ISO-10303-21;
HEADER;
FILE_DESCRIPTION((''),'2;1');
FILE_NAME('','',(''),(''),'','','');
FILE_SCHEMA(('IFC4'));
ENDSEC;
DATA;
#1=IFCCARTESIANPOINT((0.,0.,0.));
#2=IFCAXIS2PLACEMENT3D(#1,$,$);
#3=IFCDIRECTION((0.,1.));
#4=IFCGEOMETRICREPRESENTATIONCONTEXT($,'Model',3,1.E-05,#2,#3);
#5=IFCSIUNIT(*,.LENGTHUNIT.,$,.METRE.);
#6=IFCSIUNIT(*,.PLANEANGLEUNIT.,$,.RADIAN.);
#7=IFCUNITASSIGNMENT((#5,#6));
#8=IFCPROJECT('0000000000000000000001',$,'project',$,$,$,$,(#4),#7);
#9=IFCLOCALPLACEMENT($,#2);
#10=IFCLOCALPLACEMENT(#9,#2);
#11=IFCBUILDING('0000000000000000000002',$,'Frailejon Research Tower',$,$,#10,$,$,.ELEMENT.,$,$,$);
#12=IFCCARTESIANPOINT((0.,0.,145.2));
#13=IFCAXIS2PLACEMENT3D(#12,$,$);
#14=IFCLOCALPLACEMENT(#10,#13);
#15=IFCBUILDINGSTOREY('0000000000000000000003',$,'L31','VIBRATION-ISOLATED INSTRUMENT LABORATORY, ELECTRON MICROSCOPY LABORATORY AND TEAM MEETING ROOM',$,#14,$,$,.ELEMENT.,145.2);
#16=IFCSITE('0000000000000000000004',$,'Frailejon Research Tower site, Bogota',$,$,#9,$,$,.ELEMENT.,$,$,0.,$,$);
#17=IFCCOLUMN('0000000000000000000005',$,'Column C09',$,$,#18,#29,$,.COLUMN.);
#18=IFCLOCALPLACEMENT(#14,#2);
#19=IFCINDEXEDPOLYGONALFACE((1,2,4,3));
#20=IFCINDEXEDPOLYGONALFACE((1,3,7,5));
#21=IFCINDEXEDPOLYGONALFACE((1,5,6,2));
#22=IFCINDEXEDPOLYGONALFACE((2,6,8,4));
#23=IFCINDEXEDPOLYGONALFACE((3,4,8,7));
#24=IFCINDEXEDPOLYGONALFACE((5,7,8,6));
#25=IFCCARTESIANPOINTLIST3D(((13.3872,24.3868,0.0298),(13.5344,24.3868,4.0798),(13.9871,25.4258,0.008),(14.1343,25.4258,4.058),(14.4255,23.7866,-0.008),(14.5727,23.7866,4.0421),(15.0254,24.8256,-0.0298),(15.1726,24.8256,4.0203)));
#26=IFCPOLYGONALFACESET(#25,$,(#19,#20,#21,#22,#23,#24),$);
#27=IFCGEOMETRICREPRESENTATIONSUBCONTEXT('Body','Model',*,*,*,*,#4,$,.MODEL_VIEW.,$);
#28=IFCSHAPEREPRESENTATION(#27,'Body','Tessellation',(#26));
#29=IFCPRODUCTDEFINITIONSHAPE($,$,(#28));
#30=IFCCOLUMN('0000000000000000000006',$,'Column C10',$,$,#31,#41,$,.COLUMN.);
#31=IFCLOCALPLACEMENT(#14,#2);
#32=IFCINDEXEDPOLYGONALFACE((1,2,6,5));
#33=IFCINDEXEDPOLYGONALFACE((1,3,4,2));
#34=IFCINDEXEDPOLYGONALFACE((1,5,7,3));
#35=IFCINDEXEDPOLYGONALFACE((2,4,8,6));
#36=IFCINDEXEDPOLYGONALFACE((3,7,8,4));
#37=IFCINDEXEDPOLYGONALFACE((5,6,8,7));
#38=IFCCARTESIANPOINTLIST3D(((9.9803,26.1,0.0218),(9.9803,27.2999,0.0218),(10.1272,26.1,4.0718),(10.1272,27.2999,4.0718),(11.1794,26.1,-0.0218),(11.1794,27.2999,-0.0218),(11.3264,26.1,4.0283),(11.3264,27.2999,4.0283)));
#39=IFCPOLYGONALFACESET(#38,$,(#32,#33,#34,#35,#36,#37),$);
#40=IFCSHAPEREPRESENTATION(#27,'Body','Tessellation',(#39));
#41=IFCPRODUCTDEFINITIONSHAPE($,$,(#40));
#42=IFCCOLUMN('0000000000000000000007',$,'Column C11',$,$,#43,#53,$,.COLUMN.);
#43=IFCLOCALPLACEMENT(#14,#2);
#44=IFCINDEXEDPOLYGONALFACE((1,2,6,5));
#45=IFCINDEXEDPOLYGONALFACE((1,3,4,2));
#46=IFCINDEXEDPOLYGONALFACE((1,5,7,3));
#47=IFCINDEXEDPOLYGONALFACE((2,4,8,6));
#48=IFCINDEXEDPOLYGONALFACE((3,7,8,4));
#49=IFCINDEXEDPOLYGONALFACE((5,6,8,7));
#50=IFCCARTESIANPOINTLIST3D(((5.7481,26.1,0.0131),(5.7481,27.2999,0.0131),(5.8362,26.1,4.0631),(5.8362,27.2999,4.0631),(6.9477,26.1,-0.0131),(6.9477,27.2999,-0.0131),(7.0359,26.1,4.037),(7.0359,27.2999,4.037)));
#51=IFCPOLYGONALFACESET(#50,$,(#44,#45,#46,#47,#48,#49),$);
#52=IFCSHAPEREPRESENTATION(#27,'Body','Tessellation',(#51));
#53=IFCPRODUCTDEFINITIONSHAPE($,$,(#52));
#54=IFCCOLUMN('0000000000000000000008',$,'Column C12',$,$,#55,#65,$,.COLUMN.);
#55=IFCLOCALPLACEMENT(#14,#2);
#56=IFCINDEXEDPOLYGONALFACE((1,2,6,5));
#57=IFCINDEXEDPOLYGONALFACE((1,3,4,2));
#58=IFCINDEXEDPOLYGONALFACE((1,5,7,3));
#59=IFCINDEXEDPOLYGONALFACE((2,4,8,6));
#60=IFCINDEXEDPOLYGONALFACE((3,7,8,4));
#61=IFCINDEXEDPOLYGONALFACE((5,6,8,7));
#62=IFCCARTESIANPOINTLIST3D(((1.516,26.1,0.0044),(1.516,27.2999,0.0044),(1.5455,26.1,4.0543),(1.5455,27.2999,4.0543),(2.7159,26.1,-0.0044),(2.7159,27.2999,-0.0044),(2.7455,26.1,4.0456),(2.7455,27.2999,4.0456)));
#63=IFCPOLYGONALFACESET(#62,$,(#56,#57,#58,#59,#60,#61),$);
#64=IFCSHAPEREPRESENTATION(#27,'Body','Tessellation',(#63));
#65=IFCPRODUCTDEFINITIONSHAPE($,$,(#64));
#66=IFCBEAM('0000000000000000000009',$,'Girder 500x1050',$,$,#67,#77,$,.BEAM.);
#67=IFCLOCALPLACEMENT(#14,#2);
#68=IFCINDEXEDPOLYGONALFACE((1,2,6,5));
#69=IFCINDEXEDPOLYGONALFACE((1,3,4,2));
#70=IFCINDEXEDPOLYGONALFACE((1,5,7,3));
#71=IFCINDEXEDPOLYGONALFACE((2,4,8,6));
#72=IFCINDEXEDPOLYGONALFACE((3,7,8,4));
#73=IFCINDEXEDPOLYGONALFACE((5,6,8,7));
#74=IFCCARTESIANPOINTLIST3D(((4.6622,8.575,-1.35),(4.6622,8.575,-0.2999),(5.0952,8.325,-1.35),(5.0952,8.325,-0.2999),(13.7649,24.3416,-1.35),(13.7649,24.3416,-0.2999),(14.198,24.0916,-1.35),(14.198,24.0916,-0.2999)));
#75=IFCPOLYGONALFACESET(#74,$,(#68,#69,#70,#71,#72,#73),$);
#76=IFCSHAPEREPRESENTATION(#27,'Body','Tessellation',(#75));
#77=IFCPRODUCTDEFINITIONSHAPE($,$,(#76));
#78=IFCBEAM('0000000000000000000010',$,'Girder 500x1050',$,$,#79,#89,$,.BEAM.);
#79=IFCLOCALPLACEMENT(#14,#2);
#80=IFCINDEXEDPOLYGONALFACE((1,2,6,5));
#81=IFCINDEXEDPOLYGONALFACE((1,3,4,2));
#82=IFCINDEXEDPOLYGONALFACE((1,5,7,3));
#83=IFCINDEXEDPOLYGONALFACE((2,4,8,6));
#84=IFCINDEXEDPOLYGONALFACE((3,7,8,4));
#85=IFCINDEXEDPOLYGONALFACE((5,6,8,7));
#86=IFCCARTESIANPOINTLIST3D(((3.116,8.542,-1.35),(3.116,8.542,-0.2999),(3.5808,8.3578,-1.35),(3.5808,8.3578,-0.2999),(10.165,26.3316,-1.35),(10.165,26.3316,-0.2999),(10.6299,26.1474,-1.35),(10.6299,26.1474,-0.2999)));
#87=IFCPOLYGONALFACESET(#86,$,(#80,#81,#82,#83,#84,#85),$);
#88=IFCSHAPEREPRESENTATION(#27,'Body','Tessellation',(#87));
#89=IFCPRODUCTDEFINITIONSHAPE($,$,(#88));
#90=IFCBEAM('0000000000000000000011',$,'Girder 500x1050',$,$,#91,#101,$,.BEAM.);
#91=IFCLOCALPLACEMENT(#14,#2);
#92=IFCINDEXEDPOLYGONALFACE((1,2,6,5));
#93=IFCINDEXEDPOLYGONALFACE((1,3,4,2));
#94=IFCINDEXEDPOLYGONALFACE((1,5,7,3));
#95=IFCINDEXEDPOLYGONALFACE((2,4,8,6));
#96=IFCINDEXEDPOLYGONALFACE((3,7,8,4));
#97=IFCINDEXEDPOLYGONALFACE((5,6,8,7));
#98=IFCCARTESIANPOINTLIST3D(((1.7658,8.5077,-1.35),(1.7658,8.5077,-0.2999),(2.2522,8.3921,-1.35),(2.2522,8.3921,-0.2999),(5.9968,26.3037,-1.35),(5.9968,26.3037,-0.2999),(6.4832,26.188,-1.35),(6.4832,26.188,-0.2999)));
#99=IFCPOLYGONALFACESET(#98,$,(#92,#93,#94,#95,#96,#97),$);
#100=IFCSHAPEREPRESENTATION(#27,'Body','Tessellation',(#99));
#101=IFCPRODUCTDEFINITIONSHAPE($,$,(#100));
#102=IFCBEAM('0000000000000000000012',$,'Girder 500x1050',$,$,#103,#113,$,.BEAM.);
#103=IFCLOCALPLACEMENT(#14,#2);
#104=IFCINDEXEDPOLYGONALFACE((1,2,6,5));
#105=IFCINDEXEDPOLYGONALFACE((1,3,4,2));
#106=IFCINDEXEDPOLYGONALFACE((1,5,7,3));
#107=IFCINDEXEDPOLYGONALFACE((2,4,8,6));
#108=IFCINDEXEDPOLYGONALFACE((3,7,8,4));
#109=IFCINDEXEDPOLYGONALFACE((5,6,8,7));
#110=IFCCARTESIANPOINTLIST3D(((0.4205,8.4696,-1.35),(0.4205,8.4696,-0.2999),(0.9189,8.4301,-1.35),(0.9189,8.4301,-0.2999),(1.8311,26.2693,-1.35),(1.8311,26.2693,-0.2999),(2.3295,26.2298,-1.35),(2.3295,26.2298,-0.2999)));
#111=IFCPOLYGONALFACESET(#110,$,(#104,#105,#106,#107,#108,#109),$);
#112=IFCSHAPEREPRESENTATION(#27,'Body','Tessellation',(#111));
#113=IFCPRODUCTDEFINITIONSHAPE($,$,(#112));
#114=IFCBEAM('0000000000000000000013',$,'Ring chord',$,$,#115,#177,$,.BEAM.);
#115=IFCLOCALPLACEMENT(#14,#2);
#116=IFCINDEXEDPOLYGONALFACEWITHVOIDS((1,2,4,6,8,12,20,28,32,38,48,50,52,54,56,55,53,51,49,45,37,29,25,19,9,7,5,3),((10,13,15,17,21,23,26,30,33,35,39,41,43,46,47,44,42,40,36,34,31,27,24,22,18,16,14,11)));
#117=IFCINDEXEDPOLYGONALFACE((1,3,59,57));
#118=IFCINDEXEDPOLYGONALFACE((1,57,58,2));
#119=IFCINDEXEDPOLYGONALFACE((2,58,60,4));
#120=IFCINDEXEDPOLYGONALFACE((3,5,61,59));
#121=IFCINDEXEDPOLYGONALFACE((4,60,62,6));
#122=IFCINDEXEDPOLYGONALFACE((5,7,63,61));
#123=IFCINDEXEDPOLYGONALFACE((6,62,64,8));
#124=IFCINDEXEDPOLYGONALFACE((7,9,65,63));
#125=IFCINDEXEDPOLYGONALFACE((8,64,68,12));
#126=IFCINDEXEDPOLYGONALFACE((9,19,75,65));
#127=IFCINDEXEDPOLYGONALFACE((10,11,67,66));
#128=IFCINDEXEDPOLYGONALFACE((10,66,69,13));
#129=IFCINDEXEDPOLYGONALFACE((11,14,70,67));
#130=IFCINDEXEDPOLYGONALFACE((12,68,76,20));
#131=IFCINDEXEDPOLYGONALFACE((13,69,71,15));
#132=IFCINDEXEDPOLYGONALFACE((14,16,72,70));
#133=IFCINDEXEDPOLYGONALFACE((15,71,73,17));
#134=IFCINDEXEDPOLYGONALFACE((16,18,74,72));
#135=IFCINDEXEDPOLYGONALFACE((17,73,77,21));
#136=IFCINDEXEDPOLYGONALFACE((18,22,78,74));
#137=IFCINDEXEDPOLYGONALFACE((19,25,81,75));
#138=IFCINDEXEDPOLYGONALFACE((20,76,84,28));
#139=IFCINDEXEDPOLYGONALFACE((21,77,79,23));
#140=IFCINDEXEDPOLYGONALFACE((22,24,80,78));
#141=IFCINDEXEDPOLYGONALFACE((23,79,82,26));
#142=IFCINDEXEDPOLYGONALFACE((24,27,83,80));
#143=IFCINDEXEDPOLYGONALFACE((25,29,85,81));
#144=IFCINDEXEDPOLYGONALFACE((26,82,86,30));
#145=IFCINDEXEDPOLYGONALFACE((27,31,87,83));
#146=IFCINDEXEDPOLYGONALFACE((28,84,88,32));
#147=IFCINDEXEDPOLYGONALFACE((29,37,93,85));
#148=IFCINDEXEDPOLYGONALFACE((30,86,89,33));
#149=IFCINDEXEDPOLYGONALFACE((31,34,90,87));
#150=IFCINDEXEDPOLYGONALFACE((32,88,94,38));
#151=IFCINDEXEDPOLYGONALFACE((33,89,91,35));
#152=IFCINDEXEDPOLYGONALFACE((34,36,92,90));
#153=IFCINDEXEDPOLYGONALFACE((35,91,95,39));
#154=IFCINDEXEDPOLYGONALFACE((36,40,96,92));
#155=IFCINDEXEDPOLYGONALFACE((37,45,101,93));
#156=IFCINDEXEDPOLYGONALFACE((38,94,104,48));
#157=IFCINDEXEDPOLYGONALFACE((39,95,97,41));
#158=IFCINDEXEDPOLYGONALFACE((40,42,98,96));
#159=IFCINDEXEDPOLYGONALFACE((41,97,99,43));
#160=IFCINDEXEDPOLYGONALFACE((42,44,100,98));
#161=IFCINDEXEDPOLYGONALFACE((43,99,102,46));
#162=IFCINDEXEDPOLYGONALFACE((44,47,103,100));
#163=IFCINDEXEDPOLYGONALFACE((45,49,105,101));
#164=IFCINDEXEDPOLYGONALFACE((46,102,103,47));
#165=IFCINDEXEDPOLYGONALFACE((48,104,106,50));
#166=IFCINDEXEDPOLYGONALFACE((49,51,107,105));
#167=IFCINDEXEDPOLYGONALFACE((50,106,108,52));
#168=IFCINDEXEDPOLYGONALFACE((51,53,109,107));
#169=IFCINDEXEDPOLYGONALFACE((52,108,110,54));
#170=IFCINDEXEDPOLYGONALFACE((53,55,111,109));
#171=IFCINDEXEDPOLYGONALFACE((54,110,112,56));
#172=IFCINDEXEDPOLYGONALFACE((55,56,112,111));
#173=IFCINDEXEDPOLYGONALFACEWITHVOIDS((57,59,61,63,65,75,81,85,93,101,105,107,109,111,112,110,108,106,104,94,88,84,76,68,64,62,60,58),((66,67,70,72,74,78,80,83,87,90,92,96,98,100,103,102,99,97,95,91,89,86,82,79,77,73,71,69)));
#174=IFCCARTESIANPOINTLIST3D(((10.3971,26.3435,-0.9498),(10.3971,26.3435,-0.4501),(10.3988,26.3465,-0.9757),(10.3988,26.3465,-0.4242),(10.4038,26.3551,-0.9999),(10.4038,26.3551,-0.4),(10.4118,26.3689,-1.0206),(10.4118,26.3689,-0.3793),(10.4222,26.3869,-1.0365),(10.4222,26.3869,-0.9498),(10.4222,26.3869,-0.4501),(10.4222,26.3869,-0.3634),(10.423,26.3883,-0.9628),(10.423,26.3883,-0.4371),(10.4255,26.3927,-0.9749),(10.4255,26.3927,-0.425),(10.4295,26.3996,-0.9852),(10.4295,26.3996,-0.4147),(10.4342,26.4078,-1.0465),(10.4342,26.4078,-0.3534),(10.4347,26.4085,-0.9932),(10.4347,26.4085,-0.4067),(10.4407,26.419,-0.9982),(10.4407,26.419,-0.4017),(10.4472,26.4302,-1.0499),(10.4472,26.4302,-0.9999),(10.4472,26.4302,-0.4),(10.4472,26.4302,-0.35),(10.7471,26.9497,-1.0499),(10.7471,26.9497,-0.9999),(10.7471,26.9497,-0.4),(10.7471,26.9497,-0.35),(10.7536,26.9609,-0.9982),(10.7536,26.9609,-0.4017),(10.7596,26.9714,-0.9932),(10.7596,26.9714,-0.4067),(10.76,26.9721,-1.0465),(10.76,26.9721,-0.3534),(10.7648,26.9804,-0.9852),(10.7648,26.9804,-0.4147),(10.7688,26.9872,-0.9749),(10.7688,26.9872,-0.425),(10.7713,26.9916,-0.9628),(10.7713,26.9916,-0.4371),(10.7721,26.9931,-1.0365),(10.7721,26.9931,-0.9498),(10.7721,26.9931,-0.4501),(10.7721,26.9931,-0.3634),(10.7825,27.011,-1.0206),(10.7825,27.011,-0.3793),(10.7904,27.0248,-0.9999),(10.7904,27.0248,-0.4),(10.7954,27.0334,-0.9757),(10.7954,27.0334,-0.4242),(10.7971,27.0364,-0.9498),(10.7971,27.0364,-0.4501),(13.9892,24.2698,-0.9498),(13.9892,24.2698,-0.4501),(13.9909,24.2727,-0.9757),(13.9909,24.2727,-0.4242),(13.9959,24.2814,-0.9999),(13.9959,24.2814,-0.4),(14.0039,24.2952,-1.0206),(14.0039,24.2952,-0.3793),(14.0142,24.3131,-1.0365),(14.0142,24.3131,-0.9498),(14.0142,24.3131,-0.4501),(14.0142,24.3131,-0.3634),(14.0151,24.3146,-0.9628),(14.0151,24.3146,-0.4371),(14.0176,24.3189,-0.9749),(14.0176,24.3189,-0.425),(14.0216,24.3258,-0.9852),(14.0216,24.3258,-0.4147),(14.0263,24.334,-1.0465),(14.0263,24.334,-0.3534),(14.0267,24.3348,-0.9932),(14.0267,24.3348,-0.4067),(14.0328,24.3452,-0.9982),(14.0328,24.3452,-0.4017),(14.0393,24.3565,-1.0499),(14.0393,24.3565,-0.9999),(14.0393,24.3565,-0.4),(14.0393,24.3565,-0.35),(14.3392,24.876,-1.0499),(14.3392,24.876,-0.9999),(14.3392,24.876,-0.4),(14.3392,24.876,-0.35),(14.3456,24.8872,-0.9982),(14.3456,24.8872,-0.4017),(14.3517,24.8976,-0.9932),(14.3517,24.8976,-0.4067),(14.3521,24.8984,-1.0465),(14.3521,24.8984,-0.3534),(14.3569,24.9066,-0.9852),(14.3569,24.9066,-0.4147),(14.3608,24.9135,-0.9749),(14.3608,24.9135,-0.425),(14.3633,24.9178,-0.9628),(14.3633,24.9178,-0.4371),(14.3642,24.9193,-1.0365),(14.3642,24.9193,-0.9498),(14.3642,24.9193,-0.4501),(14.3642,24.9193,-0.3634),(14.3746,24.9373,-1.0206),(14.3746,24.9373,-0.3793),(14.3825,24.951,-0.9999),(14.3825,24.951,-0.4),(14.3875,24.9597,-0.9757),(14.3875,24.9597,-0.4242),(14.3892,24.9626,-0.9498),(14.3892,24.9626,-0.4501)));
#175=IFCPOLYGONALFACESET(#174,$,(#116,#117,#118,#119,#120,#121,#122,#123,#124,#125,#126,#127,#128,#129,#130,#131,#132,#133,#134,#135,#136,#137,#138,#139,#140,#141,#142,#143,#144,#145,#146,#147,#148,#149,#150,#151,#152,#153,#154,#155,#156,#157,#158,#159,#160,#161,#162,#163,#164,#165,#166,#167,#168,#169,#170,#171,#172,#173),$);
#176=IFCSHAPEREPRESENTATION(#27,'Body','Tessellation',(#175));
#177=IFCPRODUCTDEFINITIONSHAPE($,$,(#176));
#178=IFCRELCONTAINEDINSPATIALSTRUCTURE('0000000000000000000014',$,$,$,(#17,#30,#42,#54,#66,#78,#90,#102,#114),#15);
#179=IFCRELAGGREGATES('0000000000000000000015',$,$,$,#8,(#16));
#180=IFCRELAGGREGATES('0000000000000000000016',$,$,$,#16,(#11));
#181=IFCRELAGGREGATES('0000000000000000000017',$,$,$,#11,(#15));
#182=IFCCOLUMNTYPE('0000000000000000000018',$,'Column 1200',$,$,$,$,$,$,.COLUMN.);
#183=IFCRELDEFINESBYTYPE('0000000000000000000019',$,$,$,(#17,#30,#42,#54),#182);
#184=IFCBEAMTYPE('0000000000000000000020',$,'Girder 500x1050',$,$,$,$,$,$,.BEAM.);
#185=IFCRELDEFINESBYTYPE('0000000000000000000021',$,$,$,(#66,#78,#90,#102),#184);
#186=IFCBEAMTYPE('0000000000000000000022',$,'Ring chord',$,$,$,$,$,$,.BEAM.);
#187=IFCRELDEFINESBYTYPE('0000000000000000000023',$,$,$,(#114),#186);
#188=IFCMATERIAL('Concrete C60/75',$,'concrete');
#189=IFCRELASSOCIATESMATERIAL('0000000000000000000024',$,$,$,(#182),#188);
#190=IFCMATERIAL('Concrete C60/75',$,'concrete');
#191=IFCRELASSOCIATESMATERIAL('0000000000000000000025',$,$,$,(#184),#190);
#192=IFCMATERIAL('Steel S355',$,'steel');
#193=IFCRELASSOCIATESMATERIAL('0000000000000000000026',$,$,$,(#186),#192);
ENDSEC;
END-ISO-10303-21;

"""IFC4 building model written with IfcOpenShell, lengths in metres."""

from ifc_helpers import new_model, si_unit, direction, frame, origin, origin_2d, place, context, subcontext, project, spatial, rectangle, hollow_rectangle, extrude, material, material_profile, profile_set, type_object, element, save


model = new_model("IFC4")

# Units and contexts
model_context = context("Model", 3, precision=1e-05, world=origin(), true_north=direction((0.0, 1.0)))
body_context = subcontext(model_context, "Body", "Model", "MODEL_VIEW")
ifc_project = project(units=[si_unit("LENGTHUNIT", "METRE"), si_unit("PLANEANGLEUNIT", "RADIAN")], contexts=[model_context])

# Site, building, storey
site_placement = place(None, origin())
site = spatial("IfcSite", under=ifc_project, at=site_placement, Name="Frailejon Research Tower site, Bogota", CompositionType="ELEMENT", RefElevation=0.0)
building_placement = place(site_placement, origin())
building = spatial("IfcBuilding", under=site, at=building_placement, Name="Frailejon Research Tower", CompositionType="ELEMENT")
storey_placement = place(building_placement, frame((0.0, 0.0, 145.2)))
storey = spatial("IfcBuildingStorey", under=building, at=storey_placement, Name="L31", Description="VIBRATION-ISOLATED INSTRUMENT LABORATORY, ELECTRON MICROSCOPY LABORATORY AND TEAM MEETING ROOM", CompositionType="ELEMENT", Elevation=145.2)

# Columns
ifc_material_1 = material(Name="Concrete C60/75", Category="concrete")
ifc_material_profile_1 = material_profile(ifc_material_1, rectangle(XDim=1.2, YDim=1.2, at=origin_2d()), Name="Column 1200")
ifc_profile_set_1 = profile_set([ifc_material_profile_1], Name="Concrete C60/75")
column_type = type_object("IfcColumnType", Name="Column 1200", PredefinedType="COLUMN", material=ifc_profile_set_1)
for number, where, z_axis, x_axis, name in (
    (1, (14.2063, 24.6062, 0.0), (0.036325, 0.0, 0.99934), (-0.865312, 0.500246, 0.031454), "Column C09"),
    (2, (10.5798, 26.7, 0.0), (0.036265, 0.0, 0.999342), (-0.999342, 0.0, 0.036265), "Column C10"),
):
    element("IfcColumn", number, at=place(storey_placement, frame(where, z_axis=z_axis, x_axis=x_axis)), inside=storey, type_object=column_type, Name=name, PredefinedType="COLUMN", context=body_context, shape_type="SweptSolid", body=[
        extrude(rectangle(XDim=1.2, YDim=1.2, at=origin_2d()), origin(), (0.0, 0.0, 1.0), 4.0527),
    ])
column_1_placement = place(storey_placement, frame((6.3479, 26.7, 0.0), z_axis=(0.021756, 0.0, 0.999763), x_axis=(-0.999763, 0.0, 0.021756)))
element("IfcColumn", 3, at=column_1_placement, inside=storey, type_object=column_type, Name="Column C11", PredefinedType="COLUMN", context=body_context, shape_type="SweptSolid", body=[
    extrude(rectangle(XDim=1.2, YDim=1.2, at=origin_2d()), origin(), (0.0, 0.0, 1.0), 4.051),
])
column_2_placement = place(storey_placement, frame((2.116, 26.7, 0.0), z_axis=(0.007294, 0.0, 0.999973), x_axis=(-0.999973, 0.0, 0.007294)))
element("IfcColumn", 4, at=column_2_placement, inside=storey, type_object=column_type, Name="Column C12", PredefinedType="COLUMN", context=body_context, shape_type="SweptSolid", body=[
    extrude(rectangle(XDim=1.2, YDim=1.2, at=origin_2d()), origin(), (0.0, 0.0, 1.0), 4.05),
])

# Beams
ifc_material_2 = material(Name="Concrete C60/75", Category="concrete")
ifc_material_profile_2 = material_profile(ifc_material_2, rectangle(XDim=0.5, YDim=1.05, at=origin_2d()), Name="Girder 500x1050")
ifc_profile_set_2 = profile_set([ifc_material_profile_2], Name="Concrete C60/75")
beam_type_1 = type_object("IfcBeamType", Name="Girder 500x1050", PredefinedType="BEAM", material=ifc_profile_set_2)
beam_1_placement = place(storey_placement, frame((13.9814, 24.2166, -0.825), z_axis=(-0.499997, -0.866027, 0.0), x_axis=(0.866027, -0.499997, 0.0)))
element("IfcBeam", 5, at=beam_1_placement, inside=storey, type_object=beam_type_1, Name="Girder 500x1050", PredefinedType="BEAM", context=body_context, shape_type="SweptSolid", body=[
    extrude(rectangle(XDim=0.5, YDim=1.05, at=origin_2d()), origin(), (0.0, 0.0, 1.0), 18.2056),
])
beam_2_placement = place(storey_placement, frame((10.3975, 26.2395, -0.825), z_axis=(-0.368382, -0.929675, 0.0), x_axis=(0.929675, -0.368382, 0.0)))
element("IfcBeam", 6, at=beam_2_placement, inside=storey, type_object=beam_type_1, Name="Girder 500x1050", PredefinedType="BEAM", context=body_context, shape_type="SweptSolid", body=[
    extrude(rectangle(XDim=0.5, YDim=1.05, at=origin_2d()), origin(), (0.0, 0.0, 1.0), 19.1353),
])
beam_3_placement = place(storey_placement, frame((6.24, 26.2458, -0.825), z_axis=(-0.231302, -0.972882, 0.0), x_axis=(0.972882, -0.231302, 0.0)))
element("IfcBeam", 7, at=beam_3_placement, inside=storey, type_object=beam_type_1, Name="Girder 500x1050", PredefinedType="BEAM", context=body_context, shape_type="SweptSolid", body=[
    extrude(rectangle(XDim=0.5, YDim=1.05, at=origin_2d()), origin(), (0.0, 0.0, 1.0), 18.292),
])
beam_4_placement = place(storey_placement, frame((2.0803, 26.2495, -0.825), z_axis=(-0.079004, -0.996874, 0.0), x_axis=(0.996874, -0.079004, 0.0)))
element("IfcBeam", 8, at=beam_4_placement, inside=storey, type_object=beam_type_1, Name="Girder 500x1050", PredefinedType="BEAM", context=body_context, shape_type="SweptSolid", body=[
    extrude(rectangle(XDim=0.5, YDim=1.05, at=origin_2d()), origin(), (0.0, 0.0, 1.0), 17.8555),
])
ifc_material_3 = material(Name="Steel S355", Category="steel")
ifc_material_profile_3 = material_profile(ifc_material_3, hollow_rectangle(XDim=0.8, YDim=0.7, WallThickness=0.05, InnerFilletRadius=0.05, OuterFilletRadius=0.1001, at=origin_2d()), Name="Ring chord")
ifc_profile_set_3 = profile_set([ifc_material_profile_3], Name="Steel S355")
beam_type_2 = type_object("IfcBeamType", Name="Ring chord", PredefinedType="BEAM", material=ifc_profile_set_3)
beam_5_placement = place(storey_placement, frame((14.1892, 24.6162, -0.7), z_axis=(-0.86604, 0.499976, 0.0), x_axis=(-0.499976, -0.86604, 0.0)))
element("IfcBeam", 9, at=beam_5_placement, inside=storey, type_object=beam_type_2, Name="Ring chord", PredefinedType="BEAM", context=body_context, shape_type="SweptSolid", body=[
    extrude(hollow_rectangle(XDim=0.8, YDim=0.7, WallThickness=0.05, InnerFilletRadius=0.05, OuterFilletRadius=0.1001, at=origin_2d()), origin(), (0.0, 0.0, 1.0), 4.1477),
])

save(model, "model.ifc")
